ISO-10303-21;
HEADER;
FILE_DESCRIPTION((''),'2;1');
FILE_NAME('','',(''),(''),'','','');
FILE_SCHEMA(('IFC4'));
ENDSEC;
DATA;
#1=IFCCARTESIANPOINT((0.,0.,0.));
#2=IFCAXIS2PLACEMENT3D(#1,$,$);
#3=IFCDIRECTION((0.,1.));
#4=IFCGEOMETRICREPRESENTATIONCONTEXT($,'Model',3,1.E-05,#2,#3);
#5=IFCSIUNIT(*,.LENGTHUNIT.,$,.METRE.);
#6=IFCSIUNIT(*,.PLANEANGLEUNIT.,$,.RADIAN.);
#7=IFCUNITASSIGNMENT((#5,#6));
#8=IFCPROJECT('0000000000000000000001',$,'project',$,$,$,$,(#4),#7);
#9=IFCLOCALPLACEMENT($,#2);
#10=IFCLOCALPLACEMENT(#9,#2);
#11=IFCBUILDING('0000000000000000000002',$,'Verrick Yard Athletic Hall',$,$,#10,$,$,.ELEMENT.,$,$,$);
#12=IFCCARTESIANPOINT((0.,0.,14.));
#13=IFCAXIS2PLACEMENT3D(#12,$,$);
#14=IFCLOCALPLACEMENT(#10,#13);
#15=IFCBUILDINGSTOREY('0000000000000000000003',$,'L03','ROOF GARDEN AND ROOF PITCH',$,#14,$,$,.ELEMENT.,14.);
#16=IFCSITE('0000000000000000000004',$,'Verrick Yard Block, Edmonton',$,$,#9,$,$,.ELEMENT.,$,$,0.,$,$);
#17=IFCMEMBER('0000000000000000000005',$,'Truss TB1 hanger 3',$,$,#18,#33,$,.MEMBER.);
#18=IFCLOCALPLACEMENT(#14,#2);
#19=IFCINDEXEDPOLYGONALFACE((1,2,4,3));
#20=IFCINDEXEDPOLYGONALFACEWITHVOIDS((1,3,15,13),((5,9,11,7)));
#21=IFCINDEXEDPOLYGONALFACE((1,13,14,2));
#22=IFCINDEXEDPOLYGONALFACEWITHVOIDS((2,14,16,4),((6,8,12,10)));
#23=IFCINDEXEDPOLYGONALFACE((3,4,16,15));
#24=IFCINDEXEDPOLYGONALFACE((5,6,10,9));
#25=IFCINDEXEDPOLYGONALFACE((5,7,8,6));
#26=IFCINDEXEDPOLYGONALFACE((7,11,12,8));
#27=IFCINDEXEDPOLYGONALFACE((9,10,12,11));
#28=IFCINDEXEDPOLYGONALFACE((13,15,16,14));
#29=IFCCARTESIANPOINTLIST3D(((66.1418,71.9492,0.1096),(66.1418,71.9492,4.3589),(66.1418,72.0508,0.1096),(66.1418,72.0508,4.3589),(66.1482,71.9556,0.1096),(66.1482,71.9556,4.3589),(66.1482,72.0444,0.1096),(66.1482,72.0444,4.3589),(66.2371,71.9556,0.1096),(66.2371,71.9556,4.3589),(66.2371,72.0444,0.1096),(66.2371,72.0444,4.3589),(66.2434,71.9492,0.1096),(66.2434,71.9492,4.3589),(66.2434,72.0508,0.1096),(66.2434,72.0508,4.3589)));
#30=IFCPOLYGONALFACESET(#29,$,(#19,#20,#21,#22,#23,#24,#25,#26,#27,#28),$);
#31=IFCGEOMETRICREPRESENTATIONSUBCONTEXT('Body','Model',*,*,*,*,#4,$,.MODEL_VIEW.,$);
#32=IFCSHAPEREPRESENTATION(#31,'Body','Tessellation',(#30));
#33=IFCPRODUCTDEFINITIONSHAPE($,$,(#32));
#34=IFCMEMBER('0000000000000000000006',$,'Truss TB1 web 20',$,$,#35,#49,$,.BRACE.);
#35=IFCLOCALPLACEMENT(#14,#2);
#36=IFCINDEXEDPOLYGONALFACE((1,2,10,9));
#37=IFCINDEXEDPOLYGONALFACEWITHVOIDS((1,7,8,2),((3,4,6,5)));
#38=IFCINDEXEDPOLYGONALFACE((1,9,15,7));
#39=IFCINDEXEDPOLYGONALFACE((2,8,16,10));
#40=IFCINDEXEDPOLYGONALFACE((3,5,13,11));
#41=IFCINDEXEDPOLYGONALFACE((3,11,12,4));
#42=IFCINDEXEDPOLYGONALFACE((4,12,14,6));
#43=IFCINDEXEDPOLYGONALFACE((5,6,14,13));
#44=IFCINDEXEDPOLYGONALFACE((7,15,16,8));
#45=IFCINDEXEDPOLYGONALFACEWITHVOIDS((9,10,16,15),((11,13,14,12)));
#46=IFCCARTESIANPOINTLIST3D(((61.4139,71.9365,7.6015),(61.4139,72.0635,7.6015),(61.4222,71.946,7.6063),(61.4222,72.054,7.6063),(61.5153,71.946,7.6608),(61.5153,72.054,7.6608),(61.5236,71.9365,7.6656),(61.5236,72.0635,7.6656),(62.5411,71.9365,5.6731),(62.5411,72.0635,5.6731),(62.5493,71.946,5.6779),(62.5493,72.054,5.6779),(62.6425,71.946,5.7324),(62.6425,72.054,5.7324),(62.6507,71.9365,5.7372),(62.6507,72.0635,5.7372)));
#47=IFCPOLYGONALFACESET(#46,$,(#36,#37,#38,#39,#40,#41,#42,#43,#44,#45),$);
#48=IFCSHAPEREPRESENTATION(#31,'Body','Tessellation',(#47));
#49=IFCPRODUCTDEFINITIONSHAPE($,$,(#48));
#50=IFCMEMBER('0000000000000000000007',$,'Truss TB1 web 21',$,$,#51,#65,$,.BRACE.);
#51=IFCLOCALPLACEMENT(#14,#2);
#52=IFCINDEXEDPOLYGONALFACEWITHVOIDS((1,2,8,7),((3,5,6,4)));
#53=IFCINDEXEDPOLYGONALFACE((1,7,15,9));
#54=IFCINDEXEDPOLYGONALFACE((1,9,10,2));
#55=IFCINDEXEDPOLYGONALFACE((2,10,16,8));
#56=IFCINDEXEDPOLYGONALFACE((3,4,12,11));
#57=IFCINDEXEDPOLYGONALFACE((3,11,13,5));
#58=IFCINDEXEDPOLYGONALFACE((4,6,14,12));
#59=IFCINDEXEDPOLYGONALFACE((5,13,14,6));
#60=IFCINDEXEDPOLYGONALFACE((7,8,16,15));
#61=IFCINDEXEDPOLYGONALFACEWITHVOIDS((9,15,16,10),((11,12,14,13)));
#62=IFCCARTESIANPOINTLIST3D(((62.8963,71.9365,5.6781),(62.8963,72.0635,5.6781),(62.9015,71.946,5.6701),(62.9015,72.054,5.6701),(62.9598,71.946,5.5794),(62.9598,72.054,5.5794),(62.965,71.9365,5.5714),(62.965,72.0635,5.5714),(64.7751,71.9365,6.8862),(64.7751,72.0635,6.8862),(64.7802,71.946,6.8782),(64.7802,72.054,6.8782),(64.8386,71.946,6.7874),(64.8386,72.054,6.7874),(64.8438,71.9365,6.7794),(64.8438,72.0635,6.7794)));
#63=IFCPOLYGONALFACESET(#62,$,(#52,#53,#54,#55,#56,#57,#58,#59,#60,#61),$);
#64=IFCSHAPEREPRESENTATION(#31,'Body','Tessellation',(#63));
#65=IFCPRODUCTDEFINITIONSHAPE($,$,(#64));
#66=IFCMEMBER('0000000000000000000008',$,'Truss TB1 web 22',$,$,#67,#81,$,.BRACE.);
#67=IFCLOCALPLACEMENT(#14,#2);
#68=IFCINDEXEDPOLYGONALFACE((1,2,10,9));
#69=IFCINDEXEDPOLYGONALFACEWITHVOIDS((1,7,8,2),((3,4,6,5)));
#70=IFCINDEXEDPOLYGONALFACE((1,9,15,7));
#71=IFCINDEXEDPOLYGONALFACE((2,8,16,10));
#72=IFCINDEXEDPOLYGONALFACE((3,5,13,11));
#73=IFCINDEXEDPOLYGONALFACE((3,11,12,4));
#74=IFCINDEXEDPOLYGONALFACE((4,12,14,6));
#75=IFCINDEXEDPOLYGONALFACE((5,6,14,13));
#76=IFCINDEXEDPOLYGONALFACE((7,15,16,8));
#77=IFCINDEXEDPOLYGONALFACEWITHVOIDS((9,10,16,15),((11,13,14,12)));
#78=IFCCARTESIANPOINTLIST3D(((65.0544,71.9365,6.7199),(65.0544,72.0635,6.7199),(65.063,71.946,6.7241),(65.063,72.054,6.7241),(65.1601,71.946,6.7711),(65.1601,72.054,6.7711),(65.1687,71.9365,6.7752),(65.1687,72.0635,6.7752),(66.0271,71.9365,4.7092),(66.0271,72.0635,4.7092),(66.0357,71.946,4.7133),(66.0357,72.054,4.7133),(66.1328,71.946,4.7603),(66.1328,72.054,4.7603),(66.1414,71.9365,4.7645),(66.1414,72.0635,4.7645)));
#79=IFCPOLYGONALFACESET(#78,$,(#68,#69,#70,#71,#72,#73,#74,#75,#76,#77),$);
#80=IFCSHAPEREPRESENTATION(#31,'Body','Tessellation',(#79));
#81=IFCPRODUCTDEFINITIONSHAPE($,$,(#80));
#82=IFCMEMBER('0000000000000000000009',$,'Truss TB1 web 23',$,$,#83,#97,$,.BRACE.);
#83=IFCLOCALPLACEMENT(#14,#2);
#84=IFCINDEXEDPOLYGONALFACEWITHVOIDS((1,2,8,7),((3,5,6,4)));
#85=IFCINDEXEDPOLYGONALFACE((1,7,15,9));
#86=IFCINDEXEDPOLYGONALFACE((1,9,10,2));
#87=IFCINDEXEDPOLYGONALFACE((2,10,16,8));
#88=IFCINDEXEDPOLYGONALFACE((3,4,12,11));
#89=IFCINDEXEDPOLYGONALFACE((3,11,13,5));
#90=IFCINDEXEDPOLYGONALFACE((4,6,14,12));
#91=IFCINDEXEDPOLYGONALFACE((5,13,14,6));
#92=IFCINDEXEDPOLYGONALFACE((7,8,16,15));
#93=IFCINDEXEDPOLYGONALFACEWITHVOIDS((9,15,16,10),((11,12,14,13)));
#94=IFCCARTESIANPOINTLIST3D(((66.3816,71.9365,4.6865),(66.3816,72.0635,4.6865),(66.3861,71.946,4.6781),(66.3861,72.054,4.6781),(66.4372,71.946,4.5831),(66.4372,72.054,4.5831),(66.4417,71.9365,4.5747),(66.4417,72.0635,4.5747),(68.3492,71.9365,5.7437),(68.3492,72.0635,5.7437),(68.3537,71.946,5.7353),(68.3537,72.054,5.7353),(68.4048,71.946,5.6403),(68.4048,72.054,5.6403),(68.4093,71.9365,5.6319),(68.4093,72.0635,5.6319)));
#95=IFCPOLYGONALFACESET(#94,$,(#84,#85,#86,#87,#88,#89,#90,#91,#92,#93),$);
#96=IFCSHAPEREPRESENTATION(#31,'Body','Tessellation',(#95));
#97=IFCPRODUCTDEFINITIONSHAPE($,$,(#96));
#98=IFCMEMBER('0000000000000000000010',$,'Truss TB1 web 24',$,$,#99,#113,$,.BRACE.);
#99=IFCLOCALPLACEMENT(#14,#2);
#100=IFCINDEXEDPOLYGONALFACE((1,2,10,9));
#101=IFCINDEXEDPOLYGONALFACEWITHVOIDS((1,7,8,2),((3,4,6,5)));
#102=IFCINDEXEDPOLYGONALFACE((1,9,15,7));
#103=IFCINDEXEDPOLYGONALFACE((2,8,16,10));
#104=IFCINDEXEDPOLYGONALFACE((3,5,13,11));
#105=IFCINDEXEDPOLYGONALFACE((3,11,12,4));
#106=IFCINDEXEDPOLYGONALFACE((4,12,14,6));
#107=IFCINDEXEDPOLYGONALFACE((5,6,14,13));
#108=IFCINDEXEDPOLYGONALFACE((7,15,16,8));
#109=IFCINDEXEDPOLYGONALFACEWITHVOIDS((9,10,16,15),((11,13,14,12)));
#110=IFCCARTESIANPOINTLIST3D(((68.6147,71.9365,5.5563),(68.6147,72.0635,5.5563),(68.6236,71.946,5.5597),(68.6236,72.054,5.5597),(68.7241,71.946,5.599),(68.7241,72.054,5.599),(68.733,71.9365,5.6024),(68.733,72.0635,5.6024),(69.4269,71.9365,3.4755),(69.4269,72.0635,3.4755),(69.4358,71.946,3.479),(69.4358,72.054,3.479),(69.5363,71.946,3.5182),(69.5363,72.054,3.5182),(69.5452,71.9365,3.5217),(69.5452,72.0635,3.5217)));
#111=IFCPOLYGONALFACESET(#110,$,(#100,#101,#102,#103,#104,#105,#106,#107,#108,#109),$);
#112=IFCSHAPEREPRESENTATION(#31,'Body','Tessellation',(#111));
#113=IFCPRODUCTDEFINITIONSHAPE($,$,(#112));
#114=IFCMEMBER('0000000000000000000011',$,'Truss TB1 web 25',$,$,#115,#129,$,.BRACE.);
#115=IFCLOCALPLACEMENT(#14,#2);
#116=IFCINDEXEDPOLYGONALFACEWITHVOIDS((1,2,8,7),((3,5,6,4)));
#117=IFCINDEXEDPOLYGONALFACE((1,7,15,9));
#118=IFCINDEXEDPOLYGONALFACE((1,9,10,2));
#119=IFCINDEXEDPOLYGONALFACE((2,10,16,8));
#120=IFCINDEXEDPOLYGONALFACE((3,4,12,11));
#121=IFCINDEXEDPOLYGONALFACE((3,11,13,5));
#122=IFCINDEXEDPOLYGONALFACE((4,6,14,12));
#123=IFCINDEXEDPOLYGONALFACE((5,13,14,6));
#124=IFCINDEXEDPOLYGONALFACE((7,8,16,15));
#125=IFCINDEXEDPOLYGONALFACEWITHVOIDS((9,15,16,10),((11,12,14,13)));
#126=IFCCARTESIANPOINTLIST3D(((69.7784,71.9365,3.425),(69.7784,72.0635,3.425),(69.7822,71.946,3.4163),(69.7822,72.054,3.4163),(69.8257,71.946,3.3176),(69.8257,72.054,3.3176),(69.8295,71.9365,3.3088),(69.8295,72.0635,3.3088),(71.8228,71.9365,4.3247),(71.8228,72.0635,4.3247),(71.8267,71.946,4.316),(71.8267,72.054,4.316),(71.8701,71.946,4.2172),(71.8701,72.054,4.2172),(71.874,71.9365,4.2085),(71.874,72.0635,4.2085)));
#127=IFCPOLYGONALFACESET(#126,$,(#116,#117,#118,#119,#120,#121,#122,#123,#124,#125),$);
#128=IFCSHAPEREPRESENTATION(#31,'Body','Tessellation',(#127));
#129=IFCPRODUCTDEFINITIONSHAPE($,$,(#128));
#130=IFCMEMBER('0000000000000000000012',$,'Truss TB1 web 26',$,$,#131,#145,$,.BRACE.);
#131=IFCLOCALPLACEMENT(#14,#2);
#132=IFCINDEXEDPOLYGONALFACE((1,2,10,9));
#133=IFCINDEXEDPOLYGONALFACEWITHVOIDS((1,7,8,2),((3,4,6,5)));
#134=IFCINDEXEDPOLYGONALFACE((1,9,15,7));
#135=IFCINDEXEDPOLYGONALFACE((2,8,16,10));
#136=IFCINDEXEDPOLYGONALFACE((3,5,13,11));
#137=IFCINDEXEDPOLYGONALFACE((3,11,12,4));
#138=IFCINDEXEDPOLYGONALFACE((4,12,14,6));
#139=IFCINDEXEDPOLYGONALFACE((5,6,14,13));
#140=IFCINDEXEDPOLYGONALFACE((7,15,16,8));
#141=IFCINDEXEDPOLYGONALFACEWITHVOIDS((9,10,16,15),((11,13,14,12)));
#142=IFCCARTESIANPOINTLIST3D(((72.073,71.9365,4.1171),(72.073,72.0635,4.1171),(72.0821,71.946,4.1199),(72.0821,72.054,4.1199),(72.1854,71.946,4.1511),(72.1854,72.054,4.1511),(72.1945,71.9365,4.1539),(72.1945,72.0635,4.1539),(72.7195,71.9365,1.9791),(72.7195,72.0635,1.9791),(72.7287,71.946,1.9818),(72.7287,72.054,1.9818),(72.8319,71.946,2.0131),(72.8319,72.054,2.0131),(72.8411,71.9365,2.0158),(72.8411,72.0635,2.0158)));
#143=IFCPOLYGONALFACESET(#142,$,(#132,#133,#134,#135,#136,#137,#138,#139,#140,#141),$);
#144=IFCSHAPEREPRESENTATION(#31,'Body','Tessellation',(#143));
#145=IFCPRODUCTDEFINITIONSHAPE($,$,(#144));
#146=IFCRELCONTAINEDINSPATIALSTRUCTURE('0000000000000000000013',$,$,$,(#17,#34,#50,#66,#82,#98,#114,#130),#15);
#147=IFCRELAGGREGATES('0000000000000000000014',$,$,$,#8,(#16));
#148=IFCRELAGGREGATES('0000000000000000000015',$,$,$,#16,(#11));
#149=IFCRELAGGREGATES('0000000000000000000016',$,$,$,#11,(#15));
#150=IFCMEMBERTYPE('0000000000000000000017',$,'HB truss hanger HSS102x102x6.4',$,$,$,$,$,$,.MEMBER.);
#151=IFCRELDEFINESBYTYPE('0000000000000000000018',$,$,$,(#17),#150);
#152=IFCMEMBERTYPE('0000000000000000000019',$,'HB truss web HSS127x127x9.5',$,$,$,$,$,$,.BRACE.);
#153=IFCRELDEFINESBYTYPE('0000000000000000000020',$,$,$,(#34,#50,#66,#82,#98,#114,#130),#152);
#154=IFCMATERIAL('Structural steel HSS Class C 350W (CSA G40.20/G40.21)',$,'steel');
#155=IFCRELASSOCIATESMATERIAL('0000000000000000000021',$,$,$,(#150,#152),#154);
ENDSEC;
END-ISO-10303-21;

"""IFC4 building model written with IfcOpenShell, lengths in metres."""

from ifc_helpers import new_model, si_unit, direction, frame, origin, origin_2d, place, context, subcontext, project, spatial, hollow_rectangle, extrude, material, material_profile, profile_set, type_object, element, save


model = new_model("IFC4")

# Units and contexts
model_context = context("Model", 3, precision=1e-05, world=origin(), true_north=direction((0.0, 1.0)))
body_context = subcontext(model_context, "Body", "Model", "MODEL_VIEW")
ifc_project = project(units=[si_unit("LENGTHUNIT", "METRE"), si_unit("PLANEANGLEUNIT", "RADIAN")], contexts=[model_context])

# Site, building, storey
site_placement = place(None, origin())
site = spatial("IfcSite", under=ifc_project, at=site_placement, Name="Verrick Yard Block, Edmonton", CompositionType="ELEMENT", RefElevation=0.0)
building_placement = place(site_placement, origin())
building = spatial("IfcBuilding", under=site, at=building_placement, Name="Verrick Yard Athletic Hall", CompositionType="ELEMENT")
storey_placement = place(building_placement, frame((0.0, 0.0, 14.0)))
storey = spatial("IfcBuildingStorey", under=building, at=storey_placement, Name="L03", Description="ROOF GARDEN AND ROOF PITCH", CompositionType="ELEMENT", Elevation=14.0)

# Members
ifc_material = material(Name="Structural steel HSS Class C 350W (CSA G40.20/G40.21)", Category="steel")
ifc_material_profile_1 = material_profile(ifc_material, hollow_rectangle(XDim=0.1016, YDim=0.1016, WallThickness=0.0063, at=origin_2d()), Name="HSS102x102x6.4")
ifc_profile_set_1 = profile_set([ifc_material_profile_1], Name="Structural steel HSS Class C 350W (CSA G40.20/G40.21)")
member_type_1 = type_object("IfcMemberType", Name="HB truss hanger HSS102x102x6.4", PredefinedType="MEMBER", material=ifc_profile_set_1)
member_1_placement = place(storey_placement, frame((66.1926, 72.0, 4.3589), z_axis=(0.0, 0.0, -1.0), x_axis=(0.0, -1.0, 0.0)))
element("IfcMember", 1, at=member_1_placement, inside=storey, type_object=member_type_1, Name="Truss TB1 hanger 3", PredefinedType="MEMBER", context=body_context, shape_type="SweptSolid", body=[
    extrude(hollow_rectangle(XDim=0.1016, YDim=0.1016, WallThickness=0.0063, at=origin_2d()), origin(), (0.0, 0.0, 1.0), 4.2493),
])
ifc_material_profile_2 = material_profile(ifc_material, hollow_rectangle(XDim=0.127, YDim=0.127, WallThickness=0.0095, at=origin_2d()), Name="HSS127x127x9.5")
ifc_profile_set_2 = profile_set([ifc_material_profile_2], Name="Structural steel HSS Class C 350W (CSA G40.20/G40.21)")
member_type_2 = type_object("IfcMemberType", Name="HB truss web HSS127x127x9.5", PredefinedType="BRACE", material=ifc_profile_set_2)
for number, where, z_axis, x_axis, name in (
    (2, (61.4688, 72.0, 7.6335), (0.504625, 0.0, -0.863339), (0.0, 1.0, 0.0), "Truss TB1 web 20"),
    (3, (62.9307, 72.0, 5.6248), (0.841118, 0.0, 0.540852), (0.0, 1.0, 0.0), "Truss TB1 web 21"),
    (4, (65.1116, 72.0, 6.7476), (0.435458, 0.0, -0.900209), (0.0, 1.0, 0.0), "Truss TB1 web 22"),
    (5, (66.4116, 72.0, 4.6306), (0.880902, 0.0, 0.473298), (0.0, 1.0, 0.0), "Truss TB1 web 23"),
    (6, (68.6738, 72.0, 5.5793), (0.363633, 0.0, -0.931542), (0.0, 1.0, 0.0), "Truss TB1 web 24"),
    (7, (69.804, 72.0, 3.3669), (0.915297, 0.0, 0.402779), (0.0, 1.0, 0.0), "Truss TB1 web 25"),
    (8, (72.1338, 72.0, 4.1355), (0.289443, 0.0, -0.957195), (0.0, 1.0, 0.0), "Truss TB1 web 26"),
):
    element("IfcMember", number, at=place(storey_placement, frame(where, z_axis=z_axis, x_axis=x_axis)), inside=storey, type_object=member_type_2, Name=name, PredefinedType="BRACE", context=body_context, shape_type="SweptSolid", body=[
        extrude(hollow_rectangle(XDim=0.127, YDim=0.127, WallThickness=0.0095, at=origin_2d()), origin(), (0.0, 0.0, 1.0), 2.2336),
    ])

save(model, "model.ifc")
